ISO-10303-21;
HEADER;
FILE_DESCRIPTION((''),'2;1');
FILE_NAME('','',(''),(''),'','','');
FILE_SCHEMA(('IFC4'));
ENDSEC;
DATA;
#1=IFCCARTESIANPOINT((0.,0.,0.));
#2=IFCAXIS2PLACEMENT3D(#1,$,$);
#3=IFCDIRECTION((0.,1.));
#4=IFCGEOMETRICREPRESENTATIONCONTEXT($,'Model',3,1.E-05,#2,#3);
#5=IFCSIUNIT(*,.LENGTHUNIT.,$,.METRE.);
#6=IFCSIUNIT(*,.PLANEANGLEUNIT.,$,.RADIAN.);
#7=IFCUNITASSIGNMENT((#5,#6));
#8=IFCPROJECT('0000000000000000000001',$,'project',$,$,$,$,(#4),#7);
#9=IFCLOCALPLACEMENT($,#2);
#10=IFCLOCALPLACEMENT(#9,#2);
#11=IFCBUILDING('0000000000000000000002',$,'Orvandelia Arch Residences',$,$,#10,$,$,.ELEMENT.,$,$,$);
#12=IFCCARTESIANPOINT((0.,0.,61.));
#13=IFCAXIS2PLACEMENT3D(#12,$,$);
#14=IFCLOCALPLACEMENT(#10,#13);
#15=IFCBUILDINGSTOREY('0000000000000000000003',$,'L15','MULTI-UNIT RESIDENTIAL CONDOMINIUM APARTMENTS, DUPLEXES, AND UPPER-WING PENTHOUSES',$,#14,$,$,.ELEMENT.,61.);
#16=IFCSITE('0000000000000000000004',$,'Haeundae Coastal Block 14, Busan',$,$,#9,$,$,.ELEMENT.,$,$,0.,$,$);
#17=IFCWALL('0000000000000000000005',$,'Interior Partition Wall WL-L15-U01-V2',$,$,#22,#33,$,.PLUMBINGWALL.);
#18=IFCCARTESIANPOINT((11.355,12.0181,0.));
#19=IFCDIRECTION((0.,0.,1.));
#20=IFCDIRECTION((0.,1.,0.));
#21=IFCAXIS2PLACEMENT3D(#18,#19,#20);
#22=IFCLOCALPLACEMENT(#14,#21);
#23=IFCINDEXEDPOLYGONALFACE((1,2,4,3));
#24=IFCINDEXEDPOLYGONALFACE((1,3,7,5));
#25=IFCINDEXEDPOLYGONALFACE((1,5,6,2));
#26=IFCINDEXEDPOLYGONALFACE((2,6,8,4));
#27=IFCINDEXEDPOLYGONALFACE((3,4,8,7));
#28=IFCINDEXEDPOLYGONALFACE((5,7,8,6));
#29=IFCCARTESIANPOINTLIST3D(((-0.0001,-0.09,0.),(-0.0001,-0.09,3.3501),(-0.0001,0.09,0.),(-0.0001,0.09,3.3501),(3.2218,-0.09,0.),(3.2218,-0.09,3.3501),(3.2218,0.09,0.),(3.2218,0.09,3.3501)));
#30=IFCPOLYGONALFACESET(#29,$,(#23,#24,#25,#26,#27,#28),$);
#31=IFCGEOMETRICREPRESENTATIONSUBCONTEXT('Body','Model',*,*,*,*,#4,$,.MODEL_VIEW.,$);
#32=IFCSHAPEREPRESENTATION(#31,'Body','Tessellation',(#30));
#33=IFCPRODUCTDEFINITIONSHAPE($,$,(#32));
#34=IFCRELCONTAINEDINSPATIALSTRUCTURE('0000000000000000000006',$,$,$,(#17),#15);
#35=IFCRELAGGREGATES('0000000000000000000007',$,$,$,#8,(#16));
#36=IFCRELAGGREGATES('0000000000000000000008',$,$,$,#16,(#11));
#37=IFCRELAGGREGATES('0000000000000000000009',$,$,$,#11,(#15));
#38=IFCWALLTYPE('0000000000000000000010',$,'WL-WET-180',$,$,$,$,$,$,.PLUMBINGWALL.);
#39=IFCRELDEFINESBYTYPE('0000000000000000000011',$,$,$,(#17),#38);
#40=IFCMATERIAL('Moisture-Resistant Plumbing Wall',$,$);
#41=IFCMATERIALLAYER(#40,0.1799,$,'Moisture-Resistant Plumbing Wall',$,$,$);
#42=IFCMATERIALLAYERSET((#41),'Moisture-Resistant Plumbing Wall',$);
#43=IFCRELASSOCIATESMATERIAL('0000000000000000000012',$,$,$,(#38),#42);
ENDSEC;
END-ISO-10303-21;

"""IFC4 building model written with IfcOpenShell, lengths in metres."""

from ifc_helpers import new_model, si_unit, direction, frame, frame_2d, origin, place, context, subcontext, project, spatial, rectangle, extrude, material, layer, layer_set, type_object, element, save


model = new_model("IFC4")

# Units and contexts
model_context = context("Model", 3, precision=1e-05, world=origin(), true_north=direction((0.0, 1.0)))
body_context = subcontext(model_context, "Body", "Model", "MODEL_VIEW")
ifc_project = project(units=[si_unit("LENGTHUNIT", "METRE"), si_unit("PLANEANGLEUNIT", "RADIAN")], contexts=[model_context])

# Site, building, storey
site_placement = place(None, origin())
site = spatial("IfcSite", under=ifc_project, at=site_placement, Name="Haeundae Coastal Block 14, Busan", CompositionType="ELEMENT", RefElevation=0.0)
building_placement = place(site_placement, origin())
building = spatial("IfcBuilding", under=site, at=building_placement, Name="Orvandelia Arch Residences", CompositionType="ELEMENT")
storey_placement = place(building_placement, frame((0.0, 0.0, 61.0)))
storey = spatial("IfcBuildingStorey", under=building, at=storey_placement, Name="L15", Description="MULTI-UNIT RESIDENTIAL CONDOMINIUM APARTMENTS, DUPLEXES, AND UPPER-WING PENTHOUSES", CompositionType="ELEMENT", Elevation=61.0)

# Wall
ifc_material_1 = material(Name="Moisture-Resistant Plumbing Wall")
ifc_layer_1 = layer(ifc_material_1, 0.1799, Name="Moisture-Resistant Plumbing Wall")
ifc_layer_set_1 = layer_set([ifc_layer_1], Name="Moisture-Resistant Plumbing Wall")
wall_type_1 = type_object("IfcWallType", Name="WL-WET-180", PredefinedType="PLUMBINGWALL", material=ifc_layer_set_1)
wall_1_placement = place(storey_placement, frame((11.355, 12.0181, 0.0), z_axis=(0.0, 0.0, 1.0), x_axis=(0.0, 1.0, 0.0)))
element("IfcWall", 1, at=wall_1_placement, inside=storey, type_object=wall_type_1, Name="Interior Partition Wall WL-L15-U01-V2", PredefinedType="PLUMBINGWALL", context=body_context, shape_type="SweptSolid", body=[
    extrude(rectangle(XDim=3.2219, YDim=0.1799, at=frame_2d((1.6108, 0.0))), origin(), (0.0, 0.0, 1.0), 3.3501),
])

save(model, "model.ifc")
